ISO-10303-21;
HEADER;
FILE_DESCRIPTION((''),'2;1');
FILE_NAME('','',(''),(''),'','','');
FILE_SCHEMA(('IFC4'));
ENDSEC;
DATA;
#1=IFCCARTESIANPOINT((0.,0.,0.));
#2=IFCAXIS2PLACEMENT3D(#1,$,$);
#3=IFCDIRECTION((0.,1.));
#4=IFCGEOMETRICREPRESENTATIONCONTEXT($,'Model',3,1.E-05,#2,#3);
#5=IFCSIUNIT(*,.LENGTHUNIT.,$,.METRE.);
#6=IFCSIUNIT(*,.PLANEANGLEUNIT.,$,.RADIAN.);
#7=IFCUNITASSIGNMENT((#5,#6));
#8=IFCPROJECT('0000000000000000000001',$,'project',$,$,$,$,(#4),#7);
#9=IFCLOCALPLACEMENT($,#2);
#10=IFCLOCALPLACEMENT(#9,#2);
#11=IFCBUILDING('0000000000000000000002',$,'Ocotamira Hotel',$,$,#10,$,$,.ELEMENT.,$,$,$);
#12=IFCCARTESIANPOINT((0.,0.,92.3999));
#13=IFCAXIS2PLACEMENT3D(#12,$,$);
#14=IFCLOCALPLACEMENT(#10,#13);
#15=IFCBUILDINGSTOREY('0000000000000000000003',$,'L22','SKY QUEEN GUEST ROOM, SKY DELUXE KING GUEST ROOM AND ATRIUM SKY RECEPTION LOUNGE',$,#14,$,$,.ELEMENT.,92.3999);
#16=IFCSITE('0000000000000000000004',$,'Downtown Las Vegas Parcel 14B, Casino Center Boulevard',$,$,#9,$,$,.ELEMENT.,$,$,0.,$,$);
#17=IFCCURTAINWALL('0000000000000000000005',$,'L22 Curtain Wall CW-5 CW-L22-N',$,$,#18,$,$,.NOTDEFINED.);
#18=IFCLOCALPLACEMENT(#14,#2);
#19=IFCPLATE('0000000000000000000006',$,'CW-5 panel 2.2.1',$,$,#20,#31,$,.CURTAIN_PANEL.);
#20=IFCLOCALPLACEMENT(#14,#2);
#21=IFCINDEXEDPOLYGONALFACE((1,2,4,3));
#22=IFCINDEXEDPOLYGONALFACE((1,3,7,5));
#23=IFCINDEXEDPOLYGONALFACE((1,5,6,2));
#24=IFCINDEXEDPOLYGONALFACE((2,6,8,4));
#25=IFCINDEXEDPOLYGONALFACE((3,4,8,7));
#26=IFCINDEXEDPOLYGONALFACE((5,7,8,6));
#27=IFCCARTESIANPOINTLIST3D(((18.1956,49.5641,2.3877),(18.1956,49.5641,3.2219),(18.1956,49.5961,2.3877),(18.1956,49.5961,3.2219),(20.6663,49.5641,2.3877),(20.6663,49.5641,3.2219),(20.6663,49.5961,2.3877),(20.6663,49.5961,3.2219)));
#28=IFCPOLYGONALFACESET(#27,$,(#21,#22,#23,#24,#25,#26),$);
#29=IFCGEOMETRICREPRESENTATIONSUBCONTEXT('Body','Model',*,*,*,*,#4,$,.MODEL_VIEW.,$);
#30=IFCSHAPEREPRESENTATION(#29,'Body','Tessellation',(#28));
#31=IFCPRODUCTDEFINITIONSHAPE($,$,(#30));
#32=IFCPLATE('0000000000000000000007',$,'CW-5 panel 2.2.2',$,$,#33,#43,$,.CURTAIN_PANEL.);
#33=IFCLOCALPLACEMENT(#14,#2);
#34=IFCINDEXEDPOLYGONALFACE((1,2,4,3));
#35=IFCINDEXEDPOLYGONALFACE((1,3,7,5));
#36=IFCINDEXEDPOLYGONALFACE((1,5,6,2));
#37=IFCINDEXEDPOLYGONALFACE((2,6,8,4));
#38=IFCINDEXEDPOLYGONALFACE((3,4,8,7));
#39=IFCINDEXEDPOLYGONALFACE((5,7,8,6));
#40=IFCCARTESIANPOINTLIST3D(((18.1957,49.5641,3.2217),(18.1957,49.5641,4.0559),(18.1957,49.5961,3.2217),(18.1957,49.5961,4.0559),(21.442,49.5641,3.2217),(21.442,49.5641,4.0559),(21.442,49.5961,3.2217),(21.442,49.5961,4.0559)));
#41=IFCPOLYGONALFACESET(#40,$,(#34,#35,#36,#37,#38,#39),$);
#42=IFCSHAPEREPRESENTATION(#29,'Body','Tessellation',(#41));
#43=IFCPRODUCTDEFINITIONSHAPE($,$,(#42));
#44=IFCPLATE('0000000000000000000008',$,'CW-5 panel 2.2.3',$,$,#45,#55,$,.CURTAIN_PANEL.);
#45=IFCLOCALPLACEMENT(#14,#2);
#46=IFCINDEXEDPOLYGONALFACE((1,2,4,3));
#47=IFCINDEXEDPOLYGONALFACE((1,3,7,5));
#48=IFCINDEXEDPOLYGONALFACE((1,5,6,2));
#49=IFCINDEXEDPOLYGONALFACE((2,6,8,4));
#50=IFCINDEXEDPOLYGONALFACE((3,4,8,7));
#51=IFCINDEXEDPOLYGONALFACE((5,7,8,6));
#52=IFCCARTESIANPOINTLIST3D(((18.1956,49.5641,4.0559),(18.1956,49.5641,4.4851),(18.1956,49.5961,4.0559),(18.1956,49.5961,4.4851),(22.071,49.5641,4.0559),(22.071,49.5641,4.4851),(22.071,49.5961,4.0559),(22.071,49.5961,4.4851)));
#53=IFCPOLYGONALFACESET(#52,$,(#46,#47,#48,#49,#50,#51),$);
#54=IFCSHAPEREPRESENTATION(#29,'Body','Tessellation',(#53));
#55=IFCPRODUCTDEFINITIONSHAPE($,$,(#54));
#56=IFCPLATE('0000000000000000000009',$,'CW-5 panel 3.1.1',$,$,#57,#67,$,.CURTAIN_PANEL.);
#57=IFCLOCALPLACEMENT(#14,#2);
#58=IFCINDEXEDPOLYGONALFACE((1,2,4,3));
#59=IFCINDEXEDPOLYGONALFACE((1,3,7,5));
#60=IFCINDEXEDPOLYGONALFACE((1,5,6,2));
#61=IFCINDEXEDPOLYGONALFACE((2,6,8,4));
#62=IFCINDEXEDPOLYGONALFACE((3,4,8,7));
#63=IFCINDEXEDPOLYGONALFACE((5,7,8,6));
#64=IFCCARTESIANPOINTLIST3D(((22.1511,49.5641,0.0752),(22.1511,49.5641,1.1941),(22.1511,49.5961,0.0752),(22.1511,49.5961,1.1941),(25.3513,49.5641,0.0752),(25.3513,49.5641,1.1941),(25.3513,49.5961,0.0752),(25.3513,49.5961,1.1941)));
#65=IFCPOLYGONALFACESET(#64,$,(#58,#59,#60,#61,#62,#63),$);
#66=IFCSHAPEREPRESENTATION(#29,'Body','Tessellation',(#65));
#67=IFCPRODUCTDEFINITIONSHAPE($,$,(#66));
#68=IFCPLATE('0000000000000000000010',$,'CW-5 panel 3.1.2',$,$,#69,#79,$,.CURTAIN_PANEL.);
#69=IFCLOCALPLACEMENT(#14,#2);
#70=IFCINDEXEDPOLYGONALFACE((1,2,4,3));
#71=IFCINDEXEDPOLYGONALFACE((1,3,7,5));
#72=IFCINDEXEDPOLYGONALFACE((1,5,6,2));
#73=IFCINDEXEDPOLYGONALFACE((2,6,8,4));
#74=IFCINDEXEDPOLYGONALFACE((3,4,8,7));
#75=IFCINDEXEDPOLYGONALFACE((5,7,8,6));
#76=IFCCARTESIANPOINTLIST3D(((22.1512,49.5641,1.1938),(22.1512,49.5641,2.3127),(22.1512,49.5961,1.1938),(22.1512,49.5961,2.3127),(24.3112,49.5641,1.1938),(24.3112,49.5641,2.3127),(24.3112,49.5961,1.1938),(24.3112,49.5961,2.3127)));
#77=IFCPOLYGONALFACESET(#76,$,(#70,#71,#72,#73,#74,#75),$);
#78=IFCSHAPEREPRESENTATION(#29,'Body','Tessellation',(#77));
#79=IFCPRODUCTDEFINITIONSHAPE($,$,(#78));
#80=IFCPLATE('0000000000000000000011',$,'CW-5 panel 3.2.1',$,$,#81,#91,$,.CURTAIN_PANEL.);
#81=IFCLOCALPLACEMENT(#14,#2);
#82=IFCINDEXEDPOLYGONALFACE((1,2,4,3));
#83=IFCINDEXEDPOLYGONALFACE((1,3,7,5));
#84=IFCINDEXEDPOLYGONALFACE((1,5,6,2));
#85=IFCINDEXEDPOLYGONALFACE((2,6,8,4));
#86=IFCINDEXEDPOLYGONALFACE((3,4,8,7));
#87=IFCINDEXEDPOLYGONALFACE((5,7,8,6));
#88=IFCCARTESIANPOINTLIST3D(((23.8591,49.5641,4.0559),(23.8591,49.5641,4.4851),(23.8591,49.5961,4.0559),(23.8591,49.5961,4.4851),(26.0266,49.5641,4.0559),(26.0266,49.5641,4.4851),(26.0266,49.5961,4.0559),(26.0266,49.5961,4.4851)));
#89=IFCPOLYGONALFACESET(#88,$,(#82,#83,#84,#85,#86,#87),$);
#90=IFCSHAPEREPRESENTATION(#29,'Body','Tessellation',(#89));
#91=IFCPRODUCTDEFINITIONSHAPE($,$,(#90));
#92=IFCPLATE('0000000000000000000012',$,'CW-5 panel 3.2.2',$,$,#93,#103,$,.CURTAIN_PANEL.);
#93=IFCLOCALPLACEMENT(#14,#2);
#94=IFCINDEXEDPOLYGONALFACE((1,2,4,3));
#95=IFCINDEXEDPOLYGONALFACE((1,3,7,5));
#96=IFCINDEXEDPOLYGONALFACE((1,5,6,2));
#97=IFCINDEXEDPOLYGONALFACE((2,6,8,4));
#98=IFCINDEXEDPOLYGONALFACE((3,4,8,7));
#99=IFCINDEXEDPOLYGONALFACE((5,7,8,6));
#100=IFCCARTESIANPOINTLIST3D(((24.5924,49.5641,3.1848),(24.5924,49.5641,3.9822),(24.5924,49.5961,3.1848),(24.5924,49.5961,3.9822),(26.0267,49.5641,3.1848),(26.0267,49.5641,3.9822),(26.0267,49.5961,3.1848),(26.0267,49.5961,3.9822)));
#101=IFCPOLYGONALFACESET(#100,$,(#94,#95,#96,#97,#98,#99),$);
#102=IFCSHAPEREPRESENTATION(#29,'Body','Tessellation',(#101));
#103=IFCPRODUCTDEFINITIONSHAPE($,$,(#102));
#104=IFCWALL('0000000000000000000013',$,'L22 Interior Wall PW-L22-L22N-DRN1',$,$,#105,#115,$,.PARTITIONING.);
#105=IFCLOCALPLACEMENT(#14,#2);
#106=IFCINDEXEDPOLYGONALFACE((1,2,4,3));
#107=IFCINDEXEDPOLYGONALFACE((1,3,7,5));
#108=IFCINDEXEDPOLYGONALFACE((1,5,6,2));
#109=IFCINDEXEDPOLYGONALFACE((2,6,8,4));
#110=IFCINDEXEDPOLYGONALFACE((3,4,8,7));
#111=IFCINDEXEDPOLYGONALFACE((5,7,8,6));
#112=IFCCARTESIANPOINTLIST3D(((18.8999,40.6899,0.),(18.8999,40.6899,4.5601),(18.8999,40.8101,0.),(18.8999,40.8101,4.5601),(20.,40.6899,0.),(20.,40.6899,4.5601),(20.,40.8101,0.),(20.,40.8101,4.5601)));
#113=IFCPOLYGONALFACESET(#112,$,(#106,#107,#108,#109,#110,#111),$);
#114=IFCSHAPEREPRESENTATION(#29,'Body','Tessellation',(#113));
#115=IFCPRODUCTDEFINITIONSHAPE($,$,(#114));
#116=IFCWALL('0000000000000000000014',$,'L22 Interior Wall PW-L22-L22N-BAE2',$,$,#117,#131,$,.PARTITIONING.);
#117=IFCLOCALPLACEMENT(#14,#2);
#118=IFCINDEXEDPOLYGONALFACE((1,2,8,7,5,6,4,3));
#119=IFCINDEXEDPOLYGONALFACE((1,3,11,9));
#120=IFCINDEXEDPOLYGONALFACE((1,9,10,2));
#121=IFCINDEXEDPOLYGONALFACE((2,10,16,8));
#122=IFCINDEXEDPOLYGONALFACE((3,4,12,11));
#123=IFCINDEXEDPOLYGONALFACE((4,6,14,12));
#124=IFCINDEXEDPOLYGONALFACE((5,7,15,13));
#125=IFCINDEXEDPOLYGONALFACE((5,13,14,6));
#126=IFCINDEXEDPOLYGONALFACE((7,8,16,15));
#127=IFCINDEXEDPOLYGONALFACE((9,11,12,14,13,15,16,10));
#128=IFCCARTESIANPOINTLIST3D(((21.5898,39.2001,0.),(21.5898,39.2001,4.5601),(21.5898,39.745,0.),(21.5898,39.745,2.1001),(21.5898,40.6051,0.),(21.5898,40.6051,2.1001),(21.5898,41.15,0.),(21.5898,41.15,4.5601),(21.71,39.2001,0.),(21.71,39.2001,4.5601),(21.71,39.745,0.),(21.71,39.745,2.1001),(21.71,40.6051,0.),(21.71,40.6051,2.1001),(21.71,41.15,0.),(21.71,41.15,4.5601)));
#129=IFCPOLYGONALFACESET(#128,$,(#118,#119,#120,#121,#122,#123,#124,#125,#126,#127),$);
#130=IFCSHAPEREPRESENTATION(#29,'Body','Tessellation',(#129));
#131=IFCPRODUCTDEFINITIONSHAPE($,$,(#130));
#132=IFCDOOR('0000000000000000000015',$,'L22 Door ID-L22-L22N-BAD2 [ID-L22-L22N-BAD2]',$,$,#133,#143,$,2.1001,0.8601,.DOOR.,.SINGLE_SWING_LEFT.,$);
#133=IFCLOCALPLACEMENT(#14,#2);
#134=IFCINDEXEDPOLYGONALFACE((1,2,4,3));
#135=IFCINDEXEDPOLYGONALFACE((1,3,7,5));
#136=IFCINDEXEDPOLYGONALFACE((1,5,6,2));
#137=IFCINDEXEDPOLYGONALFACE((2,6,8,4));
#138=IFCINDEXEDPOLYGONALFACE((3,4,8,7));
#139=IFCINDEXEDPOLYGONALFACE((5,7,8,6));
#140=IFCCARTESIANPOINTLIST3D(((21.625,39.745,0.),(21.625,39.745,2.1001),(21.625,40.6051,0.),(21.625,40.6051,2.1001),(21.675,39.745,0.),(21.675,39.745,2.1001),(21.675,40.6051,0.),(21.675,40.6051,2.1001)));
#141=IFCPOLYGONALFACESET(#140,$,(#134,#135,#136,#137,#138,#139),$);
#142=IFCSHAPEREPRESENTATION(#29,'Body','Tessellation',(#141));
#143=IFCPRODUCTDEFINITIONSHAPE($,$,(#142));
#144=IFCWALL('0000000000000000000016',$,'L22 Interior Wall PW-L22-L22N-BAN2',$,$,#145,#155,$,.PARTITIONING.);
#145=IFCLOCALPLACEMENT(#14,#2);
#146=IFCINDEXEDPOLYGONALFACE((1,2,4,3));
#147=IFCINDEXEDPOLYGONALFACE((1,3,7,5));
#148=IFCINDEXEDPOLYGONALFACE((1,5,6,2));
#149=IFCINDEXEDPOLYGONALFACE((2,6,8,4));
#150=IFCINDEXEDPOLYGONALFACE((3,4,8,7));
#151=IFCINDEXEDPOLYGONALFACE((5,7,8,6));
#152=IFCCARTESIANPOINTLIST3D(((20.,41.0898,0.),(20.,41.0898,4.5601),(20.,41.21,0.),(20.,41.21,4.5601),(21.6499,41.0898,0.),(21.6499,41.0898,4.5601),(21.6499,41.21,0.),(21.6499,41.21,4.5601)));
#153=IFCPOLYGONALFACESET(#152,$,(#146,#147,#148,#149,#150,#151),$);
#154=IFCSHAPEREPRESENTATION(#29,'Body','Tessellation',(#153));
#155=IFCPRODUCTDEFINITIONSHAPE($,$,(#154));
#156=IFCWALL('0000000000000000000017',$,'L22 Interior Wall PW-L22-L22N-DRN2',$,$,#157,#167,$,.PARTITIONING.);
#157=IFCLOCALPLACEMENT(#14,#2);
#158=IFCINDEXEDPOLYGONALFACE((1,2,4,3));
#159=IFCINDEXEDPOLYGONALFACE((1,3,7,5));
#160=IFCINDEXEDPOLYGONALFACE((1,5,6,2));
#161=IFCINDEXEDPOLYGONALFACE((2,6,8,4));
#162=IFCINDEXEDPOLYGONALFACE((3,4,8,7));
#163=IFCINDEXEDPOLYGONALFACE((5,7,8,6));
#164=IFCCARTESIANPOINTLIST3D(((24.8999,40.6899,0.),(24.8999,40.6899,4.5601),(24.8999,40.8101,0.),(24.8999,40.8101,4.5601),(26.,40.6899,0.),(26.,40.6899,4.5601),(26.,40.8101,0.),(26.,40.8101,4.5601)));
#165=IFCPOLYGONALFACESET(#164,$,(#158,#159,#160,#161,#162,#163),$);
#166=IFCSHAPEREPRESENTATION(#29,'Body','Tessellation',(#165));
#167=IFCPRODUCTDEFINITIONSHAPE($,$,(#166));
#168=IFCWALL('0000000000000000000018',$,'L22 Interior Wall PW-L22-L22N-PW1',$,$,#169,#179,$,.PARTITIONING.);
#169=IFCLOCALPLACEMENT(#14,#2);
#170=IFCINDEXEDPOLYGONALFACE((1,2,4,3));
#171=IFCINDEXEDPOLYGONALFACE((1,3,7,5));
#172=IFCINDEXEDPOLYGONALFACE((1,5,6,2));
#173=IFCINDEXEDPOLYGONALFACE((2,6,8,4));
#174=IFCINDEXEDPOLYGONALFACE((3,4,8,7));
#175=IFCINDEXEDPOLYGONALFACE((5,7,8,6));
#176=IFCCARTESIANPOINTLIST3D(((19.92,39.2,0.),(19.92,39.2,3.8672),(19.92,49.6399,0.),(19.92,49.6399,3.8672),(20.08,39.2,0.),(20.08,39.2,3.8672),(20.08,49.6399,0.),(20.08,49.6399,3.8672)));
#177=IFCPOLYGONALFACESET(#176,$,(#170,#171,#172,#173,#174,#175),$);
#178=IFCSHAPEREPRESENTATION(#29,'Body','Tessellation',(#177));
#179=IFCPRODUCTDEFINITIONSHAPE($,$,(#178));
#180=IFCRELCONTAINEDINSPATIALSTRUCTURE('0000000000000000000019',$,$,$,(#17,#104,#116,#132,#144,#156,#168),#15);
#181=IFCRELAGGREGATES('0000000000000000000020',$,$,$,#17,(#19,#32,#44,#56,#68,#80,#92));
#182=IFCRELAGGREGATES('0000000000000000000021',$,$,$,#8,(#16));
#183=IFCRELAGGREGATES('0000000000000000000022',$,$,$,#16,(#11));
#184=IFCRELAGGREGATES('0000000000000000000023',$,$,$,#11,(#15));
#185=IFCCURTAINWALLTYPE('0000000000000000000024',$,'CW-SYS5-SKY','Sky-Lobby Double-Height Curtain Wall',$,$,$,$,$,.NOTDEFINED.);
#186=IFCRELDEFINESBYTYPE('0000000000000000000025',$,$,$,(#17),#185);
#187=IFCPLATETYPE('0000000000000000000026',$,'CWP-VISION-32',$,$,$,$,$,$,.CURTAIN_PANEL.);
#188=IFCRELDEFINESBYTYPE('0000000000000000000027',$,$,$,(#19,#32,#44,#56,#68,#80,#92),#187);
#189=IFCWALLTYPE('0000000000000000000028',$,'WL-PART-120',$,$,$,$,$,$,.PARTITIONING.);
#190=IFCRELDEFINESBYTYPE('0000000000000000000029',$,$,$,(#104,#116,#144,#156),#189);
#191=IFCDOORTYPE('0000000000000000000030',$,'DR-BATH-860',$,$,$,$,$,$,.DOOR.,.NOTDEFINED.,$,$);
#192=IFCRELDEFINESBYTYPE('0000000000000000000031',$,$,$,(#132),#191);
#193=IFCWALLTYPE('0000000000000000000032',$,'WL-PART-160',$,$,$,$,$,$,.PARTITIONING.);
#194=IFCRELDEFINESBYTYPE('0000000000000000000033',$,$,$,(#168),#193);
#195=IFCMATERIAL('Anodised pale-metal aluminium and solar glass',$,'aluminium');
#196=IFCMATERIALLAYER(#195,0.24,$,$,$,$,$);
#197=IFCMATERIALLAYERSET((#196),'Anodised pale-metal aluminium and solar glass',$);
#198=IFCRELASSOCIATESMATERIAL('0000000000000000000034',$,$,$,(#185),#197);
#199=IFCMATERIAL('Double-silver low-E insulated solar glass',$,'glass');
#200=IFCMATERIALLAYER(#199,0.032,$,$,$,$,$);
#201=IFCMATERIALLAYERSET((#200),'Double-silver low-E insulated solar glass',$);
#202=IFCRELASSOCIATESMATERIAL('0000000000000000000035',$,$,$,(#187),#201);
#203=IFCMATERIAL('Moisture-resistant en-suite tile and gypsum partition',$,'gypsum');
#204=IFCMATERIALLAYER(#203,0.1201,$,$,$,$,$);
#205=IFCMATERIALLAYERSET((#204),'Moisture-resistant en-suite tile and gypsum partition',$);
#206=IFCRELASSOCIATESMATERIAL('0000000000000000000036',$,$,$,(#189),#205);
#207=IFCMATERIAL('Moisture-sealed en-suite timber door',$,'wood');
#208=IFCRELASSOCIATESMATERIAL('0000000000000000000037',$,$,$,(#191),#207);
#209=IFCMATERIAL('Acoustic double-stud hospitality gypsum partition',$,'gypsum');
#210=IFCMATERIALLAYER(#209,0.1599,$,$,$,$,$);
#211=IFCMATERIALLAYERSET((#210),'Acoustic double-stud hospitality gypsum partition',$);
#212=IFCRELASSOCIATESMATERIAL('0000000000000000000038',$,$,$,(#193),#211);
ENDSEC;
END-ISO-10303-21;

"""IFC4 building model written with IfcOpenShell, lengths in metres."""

from ifc_helpers import new_model, si_unit, direction, frame, frame_2d, origin, origin_2d, place, context, subcontext, project, spatial, rectangle, extrude, source, transform, mapped, material, layer, layer_set, type_object, element, fill, aggregate, save


model = new_model("IFC4")

# Units and contexts
model_context = context("Model", 3, precision=1e-05, world=origin(), true_north=direction((0.0, 1.0)))
body_context = subcontext(model_context, "Body", "Model", "MODEL_VIEW")
ifc_project = project(units=[si_unit("LENGTHUNIT", "METRE"), si_unit("PLANEANGLEUNIT", "RADIAN")], contexts=[model_context])

# Site, building, storey
site_placement = place(None, origin())
site = spatial("IfcSite", under=ifc_project, at=site_placement, Name="Downtown Las Vegas Parcel 14B, Casino Center Boulevard", CompositionType="ELEMENT", RefElevation=0.0)
building_placement = place(site_placement, origin())
building = spatial("IfcBuilding", under=site, at=building_placement, Name="Ocotamira Hotel", CompositionType="ELEMENT")
storey_placement = place(building_placement, frame((0.0, 0.0, 92.3999)))
storey = spatial("IfcBuildingStorey", under=building, at=storey_placement, Name="L22", Description="SKY QUEEN GUEST ROOM, SKY DELUXE KING GUEST ROOM AND ATRIUM SKY RECEPTION LOUNGE", CompositionType="ELEMENT", Elevation=92.3999)

# Curtain wall
ifc_material_1 = material(Name="Anodised pale-metal aluminium and solar glass", Category="aluminium")
ifc_layer_1 = layer(ifc_material_1, 0.24)
ifc_layer_set_1 = layer_set([ifc_layer_1], Name="Anodised pale-metal aluminium and solar glass")
curtain_wall_type = type_object("IfcCurtainWallType", Name="CW-SYS5-SKY", Description="Sky-Lobby Double-Height Curtain Wall", PredefinedType="NOTDEFINED", material=ifc_layer_set_1)
curtain_wall_placement = place(storey_placement, origin())
curtain_wall = element("IfcCurtainWall", 1, at=curtain_wall_placement, inside=storey, type_object=curtain_wall_type, Name="L22 Curtain Wall CW-5 CW-L22-N", PredefinedType="NOTDEFINED")

# Plates
ifc_material_2 = material(Name="Double-silver low-E insulated solar glass", Category="glass")
ifc_layer_2 = layer(ifc_material_2, 0.032)
ifc_layer_set_2 = layer_set([ifc_layer_2], Name="Double-silver low-E insulated solar glass")
plate_type_1 = type_object("IfcPlateType", Name="CWP-VISION-32", PredefinedType="CURTAIN_PANEL", material=ifc_layer_set_2)
shared_shape_1 = source(origin(), body_context, "Body", "SweptSolid", [
    extrude(rectangle(XDim=2.4707, YDim=0.032, at=origin_2d()), origin(), (0.0, 0.0, 1.0), 0.8342),
])
plate_1_placement = place(storey_placement, frame((19.4309, 49.5801, 2.3877), z_axis=(0.0, 0.0, 1.0), x_axis=(1.0, 0.0, 0.0)))
plate_1 = element("IfcPlate", 2, at=plate_1_placement, type_object=plate_type_1, Name="CW-5 panel 2.2.1", PredefinedType="CURTAIN_PANEL", context=body_context, shape_type="MappedRepresentation", body=[
    mapped(shared_shape_1, transform((0.0, 0.0, 0.0), scale=1.0)),
])
shared_shape_2 = source(origin(), body_context, "Body", "SweptSolid", [
    extrude(rectangle(XDim=3.2463, YDim=0.032, at=origin_2d()), origin(), (0.0, 0.0, 1.0), 0.8342),
])
plate_2_placement = place(storey_placement, frame((19.8188, 49.5801, 3.2217), z_axis=(0.0, 0.0, 1.0), x_axis=(1.0, 0.0, 0.0)))
plate_2 = element("IfcPlate", 3, at=plate_2_placement, type_object=plate_type_1, Name="CW-5 panel 2.2.2", PredefinedType="CURTAIN_PANEL", context=body_context, shape_type="MappedRepresentation", body=[
    mapped(shared_shape_2, transform((0.0, 0.0, 0.0), scale=1.0)),
])
shared_shape_3 = source(origin(), body_context, "Body", "SweptSolid", [
    extrude(rectangle(XDim=3.8755, YDim=0.032, at=origin_2d()), origin(), (0.0, 0.0, 1.0), 0.4292),
])
plate_3_placement = place(storey_placement, frame((20.1333, 49.5801, 4.0559), z_axis=(0.0, 0.0, 1.0), x_axis=(1.0, 0.0, 0.0)))
plate_3 = element("IfcPlate", 4, at=plate_3_placement, type_object=plate_type_1, Name="CW-5 panel 2.2.3", PredefinedType="CURTAIN_PANEL", context=body_context, shape_type="MappedRepresentation", body=[
    mapped(shared_shape_3, transform((0.0, 0.0, 0.0), scale=1.0)),
])
shared_shape_4 = source(origin(), body_context, "Body", "SweptSolid", [
    extrude(rectangle(XDim=3.2002, YDim=0.032, at=origin_2d()), origin(), (0.0, 0.0, 1.0), 1.1189),
])
plate_4_placement = place(storey_placement, frame((23.7512, 49.5801, 0.0752), z_axis=(0.0, 0.0, 1.0), x_axis=(1.0, 0.0, 0.0)))
plate_4 = element("IfcPlate", 5, at=plate_4_placement, type_object=plate_type_1, Name="CW-5 panel 3.1.1", PredefinedType="CURTAIN_PANEL", context=body_context, shape_type="MappedRepresentation", body=[
    mapped(shared_shape_4, transform((0.0, 0.0, 0.0), scale=1.0)),
])
shared_shape_5 = source(origin(), body_context, "Body", "SweptSolid", [
    extrude(rectangle(XDim=2.1599, YDim=0.032, at=origin_2d()), origin(), (0.0, 0.0, 1.0), 1.1189),
])
plate_5_placement = place(storey_placement, frame((23.2312, 49.5801, 1.1938), z_axis=(0.0, 0.0, 1.0), x_axis=(1.0, 0.0, 0.0)))
plate_5 = element("IfcPlate", 6, at=plate_5_placement, type_object=plate_type_1, Name="CW-5 panel 3.1.2", PredefinedType="CURTAIN_PANEL", context=body_context, shape_type="MappedRepresentation", body=[
    mapped(shared_shape_5, transform((0.0, 0.0, 0.0), scale=1.0)),
])
shared_shape_6 = source(origin(), body_context, "Body", "SweptSolid", [
    extrude(rectangle(XDim=2.1675, YDim=0.032, at=origin_2d()), origin(), (0.0, 0.0, 1.0), 0.4292),
])
plate_6_placement = place(storey_placement, frame((24.9429, 49.5801, 4.0559), z_axis=(0.0, 0.0, 1.0), x_axis=(1.0, 0.0, 0.0)))
plate_6 = element("IfcPlate", 7, at=plate_6_placement, type_object=plate_type_1, Name="CW-5 panel 3.2.1", PredefinedType="CURTAIN_PANEL", context=body_context, shape_type="MappedRepresentation", body=[
    mapped(shared_shape_6, transform((0.0, 0.0, 0.0), scale=1.0)),
])
shared_shape_7 = source(origin(), body_context, "Body", "SweptSolid", [
    extrude(rectangle(XDim=1.4343, YDim=0.032, at=origin_2d()), origin(), (0.0, 0.0, 1.0), 0.7974),
])
plate_7_placement = place(storey_placement, frame((25.3096, 49.5801, 3.1848), z_axis=(0.0, 0.0, 1.0), x_axis=(1.0, 0.0, 0.0)))
plate_7 = element("IfcPlate", 8, at=plate_7_placement, type_object=plate_type_1, Name="CW-5 panel 3.2.2", PredefinedType="CURTAIN_PANEL", context=body_context, shape_type="MappedRepresentation", body=[
    mapped(shared_shape_7, transform((0.0, 0.0, 0.0), scale=1.0)),
])
aggregate(curtain_wall, [plate_1, plate_2, plate_3, plate_4, plate_5, plate_6, plate_7])

# Wall
ifc_material_3 = material(Name="Moisture-resistant en-suite tile and gypsum partition", Category="gypsum")
ifc_layer_3 = layer(ifc_material_3, 0.1201)
ifc_layer_set_3 = layer_set([ifc_layer_3], Name="Moisture-resistant en-suite tile and gypsum partition")
wall_type_1 = type_object("IfcWallType", Name="WL-PART-120", PredefinedType="PARTITIONING", material=ifc_layer_set_3)
wall_1_placement = place(storey_placement, frame((18.8999, 40.75, 0.0), z_axis=(0.0, 0.0, 1.0), x_axis=(1.0, 0.0, 0.0)))
element("IfcWall", 9, at=wall_1_placement, inside=storey, type_object=wall_type_1, Name="L22 Interior Wall PW-L22-L22N-DRN1", PredefinedType="PARTITIONING", context=body_context, shape_type="SweptSolid", body=[
    extrude(rectangle(XDim=1.1001, YDim=0.1201, at=frame_2d((0.55, 0.0))), origin(), (0.0, 0.0, 1.0), 4.5601),
])

# Wall, opening, door
wall_2_placement = place(storey_placement, frame((21.6499, 39.2, 0.0), z_axis=(0.0, 0.0, 1.0), x_axis=(0.0, 1.0, 0.0)))
wall_2 = element("IfcWall", 10, at=wall_2_placement, inside=storey, type_object=wall_type_1, Name="L22 Interior Wall PW-L22-L22N-BAE2", PredefinedType="PARTITIONING", context=body_context, shape_type="SweptSolid", body=[
    extrude(rectangle(XDim=1.95, YDim=0.1201, at=frame_2d((0.9751, 0.0))), origin(), (0.0, 0.0, 1.0), 4.5601),
])
opening_placement = place(wall_2_placement, frame((0.5449, 0.0, 0.0)))
opening = element("IfcOpeningElement", 11, at=opening_placement, cuts=wall_2, PredefinedType="OPENING", context=body_context, shape_type="SweptSolid", body=[
    extrude(rectangle(XDim=0.8601, YDim=2.1001, at=frame_2d((0.4302, 1.05))), frame((0.0, 0.0701, 0.0), z_axis=(0.0, -1.0, 0.0), x_axis=(1.0, 0.0, 0.0)), (0.0, 0.0, 1.0), 0.1401),
])
ifc_material_4 = material(Name="Moisture-sealed en-suite timber door", Category="wood")
door_type = type_object("IfcDoorType", Name="DR-BATH-860", OperationType="NOTDEFINED", PredefinedType="DOOR", material=ifc_material_4)
shared_shape_8 = source(origin(), body_context, "Body", "SweptSolid", [
    extrude(rectangle(XDim=0.8601, YDim=2.1001, at=frame_2d((0.4302, 1.05))), frame((0.0, 0.0249, 0.0), z_axis=(0.0, -1.0, 0.0), x_axis=(1.0, 0.0, 0.0)), (0.0, 0.0, 1.0), 0.05),
])
door_placement = place(opening_placement, origin())
door = element("IfcDoor", 12, at=door_placement, inside=storey, type_object=door_type, Name="L22 Door ID-L22-L22N-BAD2 [ID-L22-L22N-BAD2]", OperationType="SINGLE_SWING_LEFT", OverallHeight=2.1001, OverallWidth=0.8601, PredefinedType="DOOR", context=body_context, shape_type="MappedRepresentation", body=[
    mapped(shared_shape_8, transform((0.0, 0.0, 0.0), scale=1.0)),
])
fill(opening, door)

# Walls
wall_3_placement = place(storey_placement, frame((20.0, 41.1499, 0.0), z_axis=(0.0, 0.0, 1.0), x_axis=(1.0, 0.0, 0.0)))
element("IfcWall", 13, at=wall_3_placement, inside=storey, type_object=wall_type_1, Name="L22 Interior Wall PW-L22-L22N-BAN2", PredefinedType="PARTITIONING", context=body_context, shape_type="SweptSolid", body=[
    extrude(rectangle(XDim=1.6499, YDim=0.1201, at=frame_2d((0.825, 0.0))), origin(), (0.0, 0.0, 1.0), 4.5601),
])
wall_4_placement = place(storey_placement, frame((24.8999, 40.75, 0.0), z_axis=(0.0, 0.0, 1.0), x_axis=(1.0, 0.0, 0.0)))
element("IfcWall", 14, at=wall_4_placement, inside=storey, type_object=wall_type_1, Name="L22 Interior Wall PW-L22-L22N-DRN2", PredefinedType="PARTITIONING", context=body_context, shape_type="SweptSolid", body=[
    extrude(rectangle(XDim=1.1001, YDim=0.1201, at=frame_2d((0.55, 0.0))), origin(), (0.0, 0.0, 1.0), 4.5601),
])
ifc_material_5 = material(Name="Acoustic double-stud hospitality gypsum partition", Category="gypsum")
ifc_layer_4 = layer(ifc_material_5, 0.1599)
ifc_layer_set_4 = layer_set([ifc_layer_4], Name="Acoustic double-stud hospitality gypsum partition")
wall_type_2 = type_object("IfcWallType", Name="WL-PART-160", PredefinedType="PARTITIONING", material=ifc_layer_set_4)
wall_5_placement = place(storey_placement, frame((20.0, 39.2, 0.0), z_axis=(0.0, 0.0, 1.0), x_axis=(0.0, 1.0, 0.0)))
element("IfcWall", 15, at=wall_5_placement, inside=storey, type_object=wall_type_2, Name="L22 Interior Wall PW-L22-L22N-PW1", PredefinedType="PARTITIONING", context=body_context, shape_type="SweptSolid", body=[
    extrude(rectangle(XDim=10.4399, YDim=0.1599, at=frame_2d((5.22, 0.0))), origin(), (0.0, 0.0, 1.0), 3.8672),
])

save(model, "model.ifc")
